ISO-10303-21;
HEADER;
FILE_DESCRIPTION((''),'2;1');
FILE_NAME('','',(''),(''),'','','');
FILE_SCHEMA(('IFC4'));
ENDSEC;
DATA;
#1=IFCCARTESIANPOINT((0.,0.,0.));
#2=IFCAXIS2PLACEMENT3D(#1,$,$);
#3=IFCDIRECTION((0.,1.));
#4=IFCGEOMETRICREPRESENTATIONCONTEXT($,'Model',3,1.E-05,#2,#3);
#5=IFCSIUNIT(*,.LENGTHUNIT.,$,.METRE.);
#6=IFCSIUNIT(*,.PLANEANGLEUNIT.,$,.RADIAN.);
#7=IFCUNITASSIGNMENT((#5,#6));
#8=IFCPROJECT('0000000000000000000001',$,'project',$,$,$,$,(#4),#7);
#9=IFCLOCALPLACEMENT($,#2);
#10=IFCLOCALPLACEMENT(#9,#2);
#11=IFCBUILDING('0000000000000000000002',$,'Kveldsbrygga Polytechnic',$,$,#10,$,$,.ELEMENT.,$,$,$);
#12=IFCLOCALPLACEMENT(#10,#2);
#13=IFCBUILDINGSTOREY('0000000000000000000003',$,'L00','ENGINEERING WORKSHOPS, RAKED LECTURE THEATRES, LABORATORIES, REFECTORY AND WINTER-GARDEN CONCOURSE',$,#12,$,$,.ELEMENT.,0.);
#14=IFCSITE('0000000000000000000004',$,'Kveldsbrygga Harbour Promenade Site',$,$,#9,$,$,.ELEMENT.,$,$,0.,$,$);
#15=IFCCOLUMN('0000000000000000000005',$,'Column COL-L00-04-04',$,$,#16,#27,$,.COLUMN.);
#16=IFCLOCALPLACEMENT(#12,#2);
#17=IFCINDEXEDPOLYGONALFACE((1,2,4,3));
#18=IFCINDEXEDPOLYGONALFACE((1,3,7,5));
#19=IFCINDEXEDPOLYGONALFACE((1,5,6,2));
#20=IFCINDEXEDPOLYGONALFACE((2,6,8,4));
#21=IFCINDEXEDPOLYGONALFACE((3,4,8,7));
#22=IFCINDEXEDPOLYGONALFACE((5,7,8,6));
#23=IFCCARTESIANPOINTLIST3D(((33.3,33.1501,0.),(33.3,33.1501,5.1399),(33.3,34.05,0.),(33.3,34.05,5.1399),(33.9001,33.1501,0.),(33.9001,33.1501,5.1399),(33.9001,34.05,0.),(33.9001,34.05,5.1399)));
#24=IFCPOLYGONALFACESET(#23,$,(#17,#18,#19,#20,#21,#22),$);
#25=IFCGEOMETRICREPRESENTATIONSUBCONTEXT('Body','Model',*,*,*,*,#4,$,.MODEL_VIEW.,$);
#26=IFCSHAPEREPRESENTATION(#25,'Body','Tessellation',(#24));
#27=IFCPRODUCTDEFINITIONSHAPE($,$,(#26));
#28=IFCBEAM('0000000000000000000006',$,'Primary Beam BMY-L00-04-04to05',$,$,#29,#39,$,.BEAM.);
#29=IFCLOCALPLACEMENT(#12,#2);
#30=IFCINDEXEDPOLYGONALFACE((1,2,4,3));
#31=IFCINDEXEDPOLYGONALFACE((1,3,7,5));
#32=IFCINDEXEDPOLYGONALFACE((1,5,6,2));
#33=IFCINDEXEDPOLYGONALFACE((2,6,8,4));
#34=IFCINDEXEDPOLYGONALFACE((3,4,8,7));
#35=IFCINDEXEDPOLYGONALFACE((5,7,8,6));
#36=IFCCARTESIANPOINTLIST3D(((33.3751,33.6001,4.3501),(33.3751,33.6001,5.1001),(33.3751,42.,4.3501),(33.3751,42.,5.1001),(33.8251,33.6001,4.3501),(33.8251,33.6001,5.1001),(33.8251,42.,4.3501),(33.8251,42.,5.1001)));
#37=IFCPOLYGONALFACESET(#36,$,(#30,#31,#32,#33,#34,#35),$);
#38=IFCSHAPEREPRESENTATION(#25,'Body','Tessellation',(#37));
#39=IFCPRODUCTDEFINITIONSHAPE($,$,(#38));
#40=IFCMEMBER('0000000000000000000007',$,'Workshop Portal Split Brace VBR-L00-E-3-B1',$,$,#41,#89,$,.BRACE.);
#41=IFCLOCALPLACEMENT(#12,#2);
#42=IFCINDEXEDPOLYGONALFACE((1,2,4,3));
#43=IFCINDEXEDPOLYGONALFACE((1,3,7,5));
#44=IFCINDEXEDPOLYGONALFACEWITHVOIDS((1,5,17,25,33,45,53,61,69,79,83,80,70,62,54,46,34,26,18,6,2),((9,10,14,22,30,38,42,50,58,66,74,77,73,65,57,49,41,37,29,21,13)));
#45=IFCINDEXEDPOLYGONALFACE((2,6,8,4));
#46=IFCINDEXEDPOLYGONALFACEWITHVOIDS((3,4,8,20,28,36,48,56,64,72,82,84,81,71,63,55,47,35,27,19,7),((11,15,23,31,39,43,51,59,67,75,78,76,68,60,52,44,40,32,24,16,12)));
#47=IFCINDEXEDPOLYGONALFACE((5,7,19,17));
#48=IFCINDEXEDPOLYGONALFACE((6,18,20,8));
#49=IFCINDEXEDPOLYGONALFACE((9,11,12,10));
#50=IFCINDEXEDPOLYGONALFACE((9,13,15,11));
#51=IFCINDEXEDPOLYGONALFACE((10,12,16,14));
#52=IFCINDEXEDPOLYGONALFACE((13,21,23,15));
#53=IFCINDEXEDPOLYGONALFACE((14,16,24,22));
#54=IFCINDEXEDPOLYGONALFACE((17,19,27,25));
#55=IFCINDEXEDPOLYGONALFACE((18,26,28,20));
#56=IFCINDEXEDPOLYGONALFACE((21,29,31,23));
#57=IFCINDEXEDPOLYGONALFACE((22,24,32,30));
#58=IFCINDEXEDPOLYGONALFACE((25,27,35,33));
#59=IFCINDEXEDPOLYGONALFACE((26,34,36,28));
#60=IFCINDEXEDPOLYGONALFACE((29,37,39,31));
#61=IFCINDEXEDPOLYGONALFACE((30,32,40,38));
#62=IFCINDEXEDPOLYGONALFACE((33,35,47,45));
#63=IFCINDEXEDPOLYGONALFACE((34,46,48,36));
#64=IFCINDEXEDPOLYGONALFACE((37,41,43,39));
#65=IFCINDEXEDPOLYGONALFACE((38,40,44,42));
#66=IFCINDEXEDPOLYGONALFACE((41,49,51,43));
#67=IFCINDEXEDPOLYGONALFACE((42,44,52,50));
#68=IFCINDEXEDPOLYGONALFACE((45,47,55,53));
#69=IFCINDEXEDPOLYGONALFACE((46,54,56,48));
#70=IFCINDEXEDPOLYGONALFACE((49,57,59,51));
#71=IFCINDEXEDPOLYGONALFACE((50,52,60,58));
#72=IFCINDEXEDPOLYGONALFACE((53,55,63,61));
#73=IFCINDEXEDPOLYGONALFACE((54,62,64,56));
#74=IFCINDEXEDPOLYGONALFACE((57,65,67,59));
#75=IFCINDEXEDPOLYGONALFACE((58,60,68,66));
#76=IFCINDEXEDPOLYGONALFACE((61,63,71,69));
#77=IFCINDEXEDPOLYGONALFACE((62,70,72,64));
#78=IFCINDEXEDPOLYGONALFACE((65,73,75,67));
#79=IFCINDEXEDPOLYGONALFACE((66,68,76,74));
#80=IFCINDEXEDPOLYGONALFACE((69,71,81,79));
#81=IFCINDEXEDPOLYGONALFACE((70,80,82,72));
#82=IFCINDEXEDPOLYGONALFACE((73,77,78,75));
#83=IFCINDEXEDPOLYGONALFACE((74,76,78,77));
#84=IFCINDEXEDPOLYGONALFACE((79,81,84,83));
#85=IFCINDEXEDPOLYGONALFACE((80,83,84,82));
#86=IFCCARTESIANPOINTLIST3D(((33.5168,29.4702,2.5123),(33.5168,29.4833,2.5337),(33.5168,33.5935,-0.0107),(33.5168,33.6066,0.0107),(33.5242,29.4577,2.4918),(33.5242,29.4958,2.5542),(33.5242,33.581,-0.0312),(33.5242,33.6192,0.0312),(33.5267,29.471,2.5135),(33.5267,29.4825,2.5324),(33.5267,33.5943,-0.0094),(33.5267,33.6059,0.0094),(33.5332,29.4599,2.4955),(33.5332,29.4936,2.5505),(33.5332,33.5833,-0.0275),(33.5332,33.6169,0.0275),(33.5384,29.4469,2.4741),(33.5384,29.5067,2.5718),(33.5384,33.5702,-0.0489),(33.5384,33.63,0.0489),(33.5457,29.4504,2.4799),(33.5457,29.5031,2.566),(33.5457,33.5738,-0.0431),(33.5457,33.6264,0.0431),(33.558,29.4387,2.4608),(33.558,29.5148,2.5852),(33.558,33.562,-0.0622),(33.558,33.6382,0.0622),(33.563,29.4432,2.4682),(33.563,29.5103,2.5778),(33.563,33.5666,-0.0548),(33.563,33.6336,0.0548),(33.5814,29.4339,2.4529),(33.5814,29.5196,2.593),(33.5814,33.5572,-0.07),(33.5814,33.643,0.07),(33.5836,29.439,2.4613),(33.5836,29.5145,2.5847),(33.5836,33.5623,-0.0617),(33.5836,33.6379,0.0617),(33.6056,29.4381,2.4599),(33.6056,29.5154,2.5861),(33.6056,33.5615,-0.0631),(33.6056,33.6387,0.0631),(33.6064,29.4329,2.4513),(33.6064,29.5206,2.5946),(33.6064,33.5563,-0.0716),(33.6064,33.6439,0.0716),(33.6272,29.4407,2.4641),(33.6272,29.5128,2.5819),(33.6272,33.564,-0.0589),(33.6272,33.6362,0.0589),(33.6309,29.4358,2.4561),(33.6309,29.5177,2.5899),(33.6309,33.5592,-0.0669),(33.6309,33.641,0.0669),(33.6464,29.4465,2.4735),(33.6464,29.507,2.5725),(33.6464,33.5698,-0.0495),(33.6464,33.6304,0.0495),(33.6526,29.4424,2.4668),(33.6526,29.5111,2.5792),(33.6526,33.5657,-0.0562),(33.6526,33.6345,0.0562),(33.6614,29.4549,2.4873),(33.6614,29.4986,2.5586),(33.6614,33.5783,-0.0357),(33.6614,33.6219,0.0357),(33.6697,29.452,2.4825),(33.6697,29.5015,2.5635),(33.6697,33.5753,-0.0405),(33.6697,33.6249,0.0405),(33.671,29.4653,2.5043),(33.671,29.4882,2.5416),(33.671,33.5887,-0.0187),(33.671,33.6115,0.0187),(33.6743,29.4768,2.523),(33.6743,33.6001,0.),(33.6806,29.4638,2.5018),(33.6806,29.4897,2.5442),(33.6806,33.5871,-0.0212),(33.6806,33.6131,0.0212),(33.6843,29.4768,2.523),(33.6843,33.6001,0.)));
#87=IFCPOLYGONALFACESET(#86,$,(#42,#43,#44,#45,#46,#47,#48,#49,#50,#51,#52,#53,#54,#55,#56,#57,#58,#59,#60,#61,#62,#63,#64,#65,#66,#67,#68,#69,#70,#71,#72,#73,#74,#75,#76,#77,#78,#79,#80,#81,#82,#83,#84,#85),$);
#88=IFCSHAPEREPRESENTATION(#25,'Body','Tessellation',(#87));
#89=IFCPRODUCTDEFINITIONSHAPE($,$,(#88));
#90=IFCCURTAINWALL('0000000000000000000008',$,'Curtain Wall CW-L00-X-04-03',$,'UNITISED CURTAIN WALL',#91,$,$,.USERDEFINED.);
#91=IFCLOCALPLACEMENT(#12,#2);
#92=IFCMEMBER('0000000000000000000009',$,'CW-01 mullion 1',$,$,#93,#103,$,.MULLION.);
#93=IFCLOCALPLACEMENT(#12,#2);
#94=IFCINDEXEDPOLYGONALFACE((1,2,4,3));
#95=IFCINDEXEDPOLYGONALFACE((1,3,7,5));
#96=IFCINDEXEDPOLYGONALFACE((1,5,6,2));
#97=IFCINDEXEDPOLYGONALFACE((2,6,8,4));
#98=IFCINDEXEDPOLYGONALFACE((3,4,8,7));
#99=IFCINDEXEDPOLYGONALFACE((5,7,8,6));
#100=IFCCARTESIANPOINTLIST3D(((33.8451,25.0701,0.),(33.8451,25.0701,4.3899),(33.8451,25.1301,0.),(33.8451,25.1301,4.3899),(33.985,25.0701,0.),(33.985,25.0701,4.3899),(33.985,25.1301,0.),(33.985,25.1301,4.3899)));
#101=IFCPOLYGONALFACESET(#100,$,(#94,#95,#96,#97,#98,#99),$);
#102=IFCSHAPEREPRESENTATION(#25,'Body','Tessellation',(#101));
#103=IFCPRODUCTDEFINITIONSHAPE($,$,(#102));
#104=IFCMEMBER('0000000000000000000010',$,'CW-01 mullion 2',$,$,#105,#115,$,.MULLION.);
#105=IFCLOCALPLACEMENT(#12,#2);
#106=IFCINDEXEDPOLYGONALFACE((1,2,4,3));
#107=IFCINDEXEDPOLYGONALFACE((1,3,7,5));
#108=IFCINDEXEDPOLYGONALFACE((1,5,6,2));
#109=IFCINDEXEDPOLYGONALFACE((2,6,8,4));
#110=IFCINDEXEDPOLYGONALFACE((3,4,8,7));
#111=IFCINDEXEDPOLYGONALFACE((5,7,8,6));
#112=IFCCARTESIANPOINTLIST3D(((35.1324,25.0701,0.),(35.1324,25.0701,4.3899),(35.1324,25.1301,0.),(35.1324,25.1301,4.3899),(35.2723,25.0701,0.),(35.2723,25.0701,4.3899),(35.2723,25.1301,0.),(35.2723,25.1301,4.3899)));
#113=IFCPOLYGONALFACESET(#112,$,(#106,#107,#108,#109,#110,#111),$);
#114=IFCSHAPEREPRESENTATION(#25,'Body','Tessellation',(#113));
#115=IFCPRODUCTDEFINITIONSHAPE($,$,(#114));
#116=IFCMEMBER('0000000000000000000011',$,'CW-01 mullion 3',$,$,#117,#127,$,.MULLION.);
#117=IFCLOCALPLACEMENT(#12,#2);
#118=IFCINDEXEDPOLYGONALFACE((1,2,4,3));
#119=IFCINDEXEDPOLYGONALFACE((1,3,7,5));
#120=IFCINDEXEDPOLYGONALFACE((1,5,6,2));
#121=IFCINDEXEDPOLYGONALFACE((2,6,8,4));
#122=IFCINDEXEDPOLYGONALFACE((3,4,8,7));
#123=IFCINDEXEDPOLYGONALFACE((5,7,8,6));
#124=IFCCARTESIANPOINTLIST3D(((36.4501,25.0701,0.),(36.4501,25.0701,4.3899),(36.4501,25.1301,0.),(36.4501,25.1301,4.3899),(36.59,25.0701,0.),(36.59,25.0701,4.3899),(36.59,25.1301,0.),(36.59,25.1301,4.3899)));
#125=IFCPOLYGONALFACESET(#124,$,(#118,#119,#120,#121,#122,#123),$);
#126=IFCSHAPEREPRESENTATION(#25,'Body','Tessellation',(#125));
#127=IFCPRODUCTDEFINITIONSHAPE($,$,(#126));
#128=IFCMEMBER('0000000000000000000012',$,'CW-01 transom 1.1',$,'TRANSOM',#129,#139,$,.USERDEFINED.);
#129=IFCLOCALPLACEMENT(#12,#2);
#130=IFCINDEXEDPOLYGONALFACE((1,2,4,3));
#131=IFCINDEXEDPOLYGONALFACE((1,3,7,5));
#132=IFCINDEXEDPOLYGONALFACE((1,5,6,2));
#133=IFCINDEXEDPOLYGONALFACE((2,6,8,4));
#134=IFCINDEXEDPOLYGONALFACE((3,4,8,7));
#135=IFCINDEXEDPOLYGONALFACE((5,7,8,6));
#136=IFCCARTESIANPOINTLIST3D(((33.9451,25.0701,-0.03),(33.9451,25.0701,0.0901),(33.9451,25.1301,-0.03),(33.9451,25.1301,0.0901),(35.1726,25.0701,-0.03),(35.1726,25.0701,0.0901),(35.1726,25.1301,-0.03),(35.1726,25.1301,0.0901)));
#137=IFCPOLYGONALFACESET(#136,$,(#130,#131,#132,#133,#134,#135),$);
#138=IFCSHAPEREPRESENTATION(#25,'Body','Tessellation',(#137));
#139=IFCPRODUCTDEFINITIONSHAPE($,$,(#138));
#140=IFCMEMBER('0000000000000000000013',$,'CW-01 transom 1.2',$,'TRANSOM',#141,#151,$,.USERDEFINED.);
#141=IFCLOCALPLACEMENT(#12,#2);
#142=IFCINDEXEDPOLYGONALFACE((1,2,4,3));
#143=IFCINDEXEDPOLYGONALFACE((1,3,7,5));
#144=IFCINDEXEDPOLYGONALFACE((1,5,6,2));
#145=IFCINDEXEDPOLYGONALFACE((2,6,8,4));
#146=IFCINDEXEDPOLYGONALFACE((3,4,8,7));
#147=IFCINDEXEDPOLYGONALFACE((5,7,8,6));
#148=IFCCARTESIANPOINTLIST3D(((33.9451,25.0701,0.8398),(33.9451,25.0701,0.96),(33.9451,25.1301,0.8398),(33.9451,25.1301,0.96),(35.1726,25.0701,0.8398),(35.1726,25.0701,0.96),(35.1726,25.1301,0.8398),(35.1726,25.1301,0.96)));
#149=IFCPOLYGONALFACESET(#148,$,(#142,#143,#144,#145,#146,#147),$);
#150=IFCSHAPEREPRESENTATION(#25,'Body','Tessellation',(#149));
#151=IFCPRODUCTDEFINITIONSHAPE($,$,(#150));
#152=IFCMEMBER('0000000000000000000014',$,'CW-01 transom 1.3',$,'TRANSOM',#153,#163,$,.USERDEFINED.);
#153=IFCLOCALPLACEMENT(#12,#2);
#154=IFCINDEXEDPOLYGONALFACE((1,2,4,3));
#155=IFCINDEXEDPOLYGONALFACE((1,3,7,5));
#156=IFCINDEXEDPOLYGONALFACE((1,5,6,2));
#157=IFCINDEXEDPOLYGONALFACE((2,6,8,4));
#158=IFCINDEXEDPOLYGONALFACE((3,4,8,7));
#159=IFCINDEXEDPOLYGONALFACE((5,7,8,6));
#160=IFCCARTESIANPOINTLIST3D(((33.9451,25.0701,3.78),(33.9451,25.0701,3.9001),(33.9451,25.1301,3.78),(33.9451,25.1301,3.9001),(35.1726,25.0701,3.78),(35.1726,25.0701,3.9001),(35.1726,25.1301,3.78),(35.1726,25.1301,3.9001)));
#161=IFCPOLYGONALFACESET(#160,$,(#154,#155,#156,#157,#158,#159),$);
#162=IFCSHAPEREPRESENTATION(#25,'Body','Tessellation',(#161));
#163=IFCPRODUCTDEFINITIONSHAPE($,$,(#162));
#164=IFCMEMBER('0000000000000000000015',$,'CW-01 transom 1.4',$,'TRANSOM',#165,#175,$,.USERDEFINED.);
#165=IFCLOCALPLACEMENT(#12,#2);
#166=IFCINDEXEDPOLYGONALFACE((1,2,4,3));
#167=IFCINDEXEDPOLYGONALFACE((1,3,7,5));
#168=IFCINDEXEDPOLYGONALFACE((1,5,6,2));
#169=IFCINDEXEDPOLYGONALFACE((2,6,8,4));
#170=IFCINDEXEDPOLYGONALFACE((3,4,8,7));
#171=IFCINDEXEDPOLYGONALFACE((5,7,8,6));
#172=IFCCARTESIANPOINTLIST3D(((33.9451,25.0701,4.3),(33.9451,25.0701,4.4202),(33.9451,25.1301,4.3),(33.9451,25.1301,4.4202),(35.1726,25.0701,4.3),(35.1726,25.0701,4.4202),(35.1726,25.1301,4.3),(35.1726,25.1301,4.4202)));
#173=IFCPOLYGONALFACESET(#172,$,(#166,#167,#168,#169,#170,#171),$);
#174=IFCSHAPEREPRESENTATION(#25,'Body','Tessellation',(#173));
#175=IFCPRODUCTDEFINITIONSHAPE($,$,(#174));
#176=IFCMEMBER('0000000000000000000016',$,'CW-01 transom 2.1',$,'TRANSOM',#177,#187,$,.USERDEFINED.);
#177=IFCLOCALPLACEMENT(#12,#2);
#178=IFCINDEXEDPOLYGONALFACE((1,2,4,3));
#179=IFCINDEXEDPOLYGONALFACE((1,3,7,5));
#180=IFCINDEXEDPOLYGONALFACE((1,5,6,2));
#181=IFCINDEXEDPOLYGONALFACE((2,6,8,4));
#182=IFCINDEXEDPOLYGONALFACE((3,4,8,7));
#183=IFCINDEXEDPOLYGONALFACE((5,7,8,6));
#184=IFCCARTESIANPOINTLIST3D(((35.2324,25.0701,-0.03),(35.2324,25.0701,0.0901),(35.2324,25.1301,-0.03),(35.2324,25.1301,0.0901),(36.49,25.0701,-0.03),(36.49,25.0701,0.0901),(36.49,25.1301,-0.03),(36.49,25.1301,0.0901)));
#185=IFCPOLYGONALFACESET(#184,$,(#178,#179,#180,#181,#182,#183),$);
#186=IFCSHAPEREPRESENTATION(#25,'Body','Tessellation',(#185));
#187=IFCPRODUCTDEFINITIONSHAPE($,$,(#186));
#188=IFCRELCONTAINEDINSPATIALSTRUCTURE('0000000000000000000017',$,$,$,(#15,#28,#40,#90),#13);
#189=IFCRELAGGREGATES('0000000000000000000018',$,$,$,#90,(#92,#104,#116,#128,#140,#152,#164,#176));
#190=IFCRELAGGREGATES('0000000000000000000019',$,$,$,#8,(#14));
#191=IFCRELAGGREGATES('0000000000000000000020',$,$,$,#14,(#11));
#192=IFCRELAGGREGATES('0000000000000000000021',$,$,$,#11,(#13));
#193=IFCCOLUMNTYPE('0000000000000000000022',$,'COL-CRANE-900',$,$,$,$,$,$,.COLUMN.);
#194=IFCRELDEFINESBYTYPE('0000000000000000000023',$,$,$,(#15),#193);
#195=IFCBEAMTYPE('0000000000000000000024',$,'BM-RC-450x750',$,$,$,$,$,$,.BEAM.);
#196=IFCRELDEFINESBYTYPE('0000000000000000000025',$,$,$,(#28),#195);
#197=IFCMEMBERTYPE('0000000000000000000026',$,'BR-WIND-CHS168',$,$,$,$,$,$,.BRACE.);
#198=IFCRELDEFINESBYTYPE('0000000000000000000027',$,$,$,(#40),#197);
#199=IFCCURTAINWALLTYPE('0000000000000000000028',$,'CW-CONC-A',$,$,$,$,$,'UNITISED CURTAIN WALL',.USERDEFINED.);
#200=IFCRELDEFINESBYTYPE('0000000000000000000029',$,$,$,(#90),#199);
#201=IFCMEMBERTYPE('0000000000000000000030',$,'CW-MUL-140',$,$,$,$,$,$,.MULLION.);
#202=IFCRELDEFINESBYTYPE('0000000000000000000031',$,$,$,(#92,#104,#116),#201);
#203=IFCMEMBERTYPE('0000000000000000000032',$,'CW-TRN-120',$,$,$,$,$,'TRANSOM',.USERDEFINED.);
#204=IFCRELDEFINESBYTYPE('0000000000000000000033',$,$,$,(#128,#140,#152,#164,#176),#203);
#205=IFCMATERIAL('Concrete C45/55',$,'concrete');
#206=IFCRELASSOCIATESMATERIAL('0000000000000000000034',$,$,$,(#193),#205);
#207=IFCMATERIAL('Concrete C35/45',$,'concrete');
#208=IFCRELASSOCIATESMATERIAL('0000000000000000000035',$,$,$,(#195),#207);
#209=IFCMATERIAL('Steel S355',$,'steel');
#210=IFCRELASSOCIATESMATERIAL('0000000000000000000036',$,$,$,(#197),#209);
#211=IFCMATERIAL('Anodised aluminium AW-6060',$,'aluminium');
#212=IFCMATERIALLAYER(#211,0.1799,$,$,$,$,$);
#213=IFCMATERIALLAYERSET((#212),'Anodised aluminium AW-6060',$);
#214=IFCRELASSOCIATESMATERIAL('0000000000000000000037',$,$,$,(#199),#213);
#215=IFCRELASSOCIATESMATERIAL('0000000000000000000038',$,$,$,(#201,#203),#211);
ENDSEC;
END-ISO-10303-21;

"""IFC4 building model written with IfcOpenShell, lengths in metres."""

from ifc_helpers import new_model, si_unit, direction, frame, origin, origin_2d, place, context, subcontext, project, spatial, rectangle, hollow_circle, extrude, material, layer, layer_set, material_profile, profile_set, type_object, element, aggregate, save


model = new_model("IFC4")

# Units and contexts
model_context = context("Model", 3, precision=1e-05, world=origin(), true_north=direction((0.0, 1.0)))
body_context = subcontext(model_context, "Body", "Model", "MODEL_VIEW")
ifc_project = project(units=[si_unit("LENGTHUNIT", "METRE"), si_unit("PLANEANGLEUNIT", "RADIAN")], contexts=[model_context])

# Site, building, storey
site_placement = place(None, origin())
site = spatial("IfcSite", under=ifc_project, at=site_placement, Name="Kveldsbrygga Harbour Promenade Site", CompositionType="ELEMENT", RefElevation=0.0)
building_placement = place(site_placement, origin())
building = spatial("IfcBuilding", under=site, at=building_placement, Name="Kveldsbrygga Polytechnic", CompositionType="ELEMENT")
storey_placement = place(building_placement, origin())
storey = spatial("IfcBuildingStorey", under=building, at=storey_placement, Name="L00", Description="ENGINEERING WORKSHOPS, RAKED LECTURE THEATRES, LABORATORIES, REFECTORY AND WINTER-GARDEN CONCOURSE", CompositionType="ELEMENT", Elevation=0.0)

# Column
ifc_material_1 = material(Name="Concrete C45/55", Category="concrete")
ifc_material_profile_1 = material_profile(ifc_material_1, rectangle(XDim=0.6001, YDim=0.8999, at=origin_2d()), Name="RC 600x900")
ifc_profile_set_1 = profile_set([ifc_material_profile_1], Name="Concrete C45/55")
column_type = type_object("IfcColumnType", Name="COL-CRANE-900", PredefinedType="COLUMN", material=ifc_profile_set_1)
column_placement = place(storey_placement, frame((33.6001, 33.6001, 0.0), z_axis=(0.0, 0.0, 1.0), x_axis=(1.0, 0.0, 0.0)))
element("IfcColumn", 1, at=column_placement, inside=storey, type_object=column_type, Name="Column COL-L00-04-04", PredefinedType="COLUMN", context=body_context, shape_type="SweptSolid", body=[
    extrude(rectangle(XDim=0.6001, YDim=0.8999, at=origin_2d()), origin(), (0.0, 0.0, 1.0), 5.1399),
])

# Beam
ifc_material_2 = material(Name="Concrete C35/45", Category="concrete")
ifc_material_profile_2 = material_profile(ifc_material_2, rectangle(XDim=0.45, YDim=0.75, at=origin_2d()), Name="RC 450x750")
ifc_profile_set_2 = profile_set([ifc_material_profile_2], Name="Concrete C35/45")
beam_type = type_object("IfcBeamType", Name="BM-RC-450x750", PredefinedType="BEAM", material=ifc_profile_set_2)
beam_placement = place(storey_placement, frame((33.6001, 33.6001, 4.7251), z_axis=(0.0, 1.0, 0.0), x_axis=(-1.0, 0.0, 0.0)))
element("IfcBeam", 2, at=beam_placement, inside=storey, type_object=beam_type, Name="Primary Beam BMY-L00-04-04to05", PredefinedType="BEAM", context=body_context, shape_type="SweptSolid", body=[
    extrude(rectangle(XDim=0.45, YDim=0.75, at=origin_2d()), origin(), (0.0, 0.0, 1.0), 8.3999),
])

# Member
ifc_material_3 = material(Name="Steel S355", Category="steel")
ifc_material_profile_3 = material_profile(ifc_material_3, hollow_circle(Radius=0.0842, WallThickness=0.01, at=origin_2d()), Name="CHS 168.3x10.0")
ifc_profile_set_3 = profile_set([ifc_material_profile_3], Name="Steel S355")
member_type_1 = type_object("IfcMemberType", Name="BR-WIND-CHS168", PredefinedType="BRACE", material=ifc_profile_set_3)
member_1_placement = place(storey_placement, frame((33.6001, 33.6001, 0.0), z_axis=(0.0, -0.852991, 0.521926), x_axis=(1.0, 0.0, 0.0)))
element("IfcMember", 3, at=member_1_placement, inside=storey, type_object=member_type_1, Name="Workshop Portal Split Brace VBR-L00-E-3-B1", PredefinedType="BRACE", context=body_context, shape_type="SweptSolid", body=[
    extrude(hollow_circle(Radius=0.0842, WallThickness=0.01, at=origin_2d()), origin(), (0.0, 0.0, 1.0), 4.834),
])

# Curtain wall, members
ifc_material_4 = material(Name="Anodised aluminium AW-6060", Category="aluminium")
ifc_layer_1 = layer(ifc_material_4, 0.1799)
ifc_layer_set_1 = layer_set([ifc_layer_1], Name="Anodised aluminium AW-6060")
curtain_wall_type = type_object("IfcCurtainWallType", Name="CW-CONC-A", ElementType="UNITISED CURTAIN WALL", PredefinedType="USERDEFINED", material=ifc_layer_set_1)
curtain_wall_placement = place(storey_placement, origin())
curtain_wall = element("IfcCurtainWall", 4, at=curtain_wall_placement, inside=storey, type_object=curtain_wall_type, Name="Curtain Wall CW-L00-X-04-03", ObjectType="UNITISED CURTAIN WALL", PredefinedType="USERDEFINED")
ifc_material_profile_4 = material_profile(ifc_material_4, rectangle(XDim=0.0601, YDim=0.1399, at=origin_2d()), Name="ALU 60x140")
ifc_profile_set_4 = profile_set([ifc_material_profile_4], Name="Anodised aluminium AW-6060")
member_type_2 = type_object("IfcMemberType", Name="CW-MUL-140", PredefinedType="MULLION", material=ifc_profile_set_4)
member_2_placement = place(storey_placement, frame((33.915, 25.1001, 0.0), z_axis=(0.0, 0.0, 1.0), x_axis=(0.0, 1.0, 0.0)))
member_2 = element("IfcMember", 5, at=member_2_placement, type_object=member_type_2, Name="CW-01 mullion 1", PredefinedType="MULLION", context=body_context, shape_type="SweptSolid", body=[
    extrude(rectangle(XDim=0.0601, YDim=0.1399, at=origin_2d()), origin(), (0.0, 0.0, 1.0), 4.3899),
])
member_3_placement = place(storey_placement, frame((35.2024, 25.1001, 0.0), z_axis=(0.0, 0.0, 1.0), x_axis=(0.0, 1.0, 0.0)))
member_3 = element("IfcMember", 6, at=member_3_placement, type_object=member_type_2, Name="CW-01 mullion 2", PredefinedType="MULLION", context=body_context, shape_type="SweptSolid", body=[
    extrude(rectangle(XDim=0.0601, YDim=0.1399, at=origin_2d()), origin(), (0.0, 0.0, 1.0), 4.3899),
])
member_4_placement = place(storey_placement, frame((36.52, 25.1001, 0.0), z_axis=(0.0, 0.0, 1.0), x_axis=(0.0, 1.0, 0.0)))
member_4 = element("IfcMember", 7, at=member_4_placement, type_object=member_type_2, Name="CW-01 mullion 3", PredefinedType="MULLION", context=body_context, shape_type="SweptSolid", body=[
    extrude(rectangle(XDim=0.0601, YDim=0.1399, at=origin_2d()), origin(), (0.0, 0.0, 1.0), 4.3899),
])
ifc_material_profile_5 = material_profile(ifc_material_4, rectangle(XDim=0.0601, YDim=0.1201, at=origin_2d()), Name="ALU 60x120")
ifc_profile_set_5 = profile_set([ifc_material_profile_5], Name="Anodised aluminium AW-6060")
member_type_3 = type_object("IfcMemberType", Name="CW-TRN-120", ElementType="TRANSOM", PredefinedType="USERDEFINED", material=ifc_profile_set_5)
member_5_placement = place(storey_placement, frame((33.9451, 25.1001, 0.03), z_axis=(1.0, 0.0, 0.0), x_axis=(0.0, 1.0, 0.0)))
member_5 = element("IfcMember", 8, at=member_5_placement, type_object=member_type_3, Name="CW-01 transom 1.1", ObjectType="TRANSOM", PredefinedType="USERDEFINED", context=body_context, shape_type="SweptSolid", body=[
    extrude(rectangle(XDim=0.0601, YDim=0.1201, at=origin_2d()), origin(), (0.0, 0.0, 1.0), 1.2275),
])
member_6_placement = place(storey_placement, frame((33.9451, 25.1001, 0.8999), z_axis=(1.0, 0.0, 0.0), x_axis=(0.0, 1.0, 0.0)))
member_6 = element("IfcMember", 9, at=member_6_placement, type_object=member_type_3, Name="CW-01 transom 1.2", ObjectType="TRANSOM", PredefinedType="USERDEFINED", context=body_context, shape_type="SweptSolid", body=[
    extrude(rectangle(XDim=0.0601, YDim=0.1201, at=origin_2d()), origin(), (0.0, 0.0, 1.0), 1.2275),
])
member_7_placement = place(storey_placement, frame((33.9451, 25.1001, 3.8401), z_axis=(1.0, 0.0, 0.0), x_axis=(0.0, 1.0, 0.0)))
member_7 = element("IfcMember", 10, at=member_7_placement, type_object=member_type_3, Name="CW-01 transom 1.3", ObjectType="TRANSOM", PredefinedType="USERDEFINED", context=body_context, shape_type="SweptSolid", body=[
    extrude(rectangle(XDim=0.0601, YDim=0.1201, at=origin_2d()), origin(), (0.0, 0.0, 1.0), 1.2275),
])
member_8_placement = place(storey_placement, frame((33.9451, 25.1001, 4.3601), z_axis=(1.0, 0.0, 0.0), x_axis=(0.0, 1.0, 0.0)))
member_8 = element("IfcMember", 11, at=member_8_placement, type_object=member_type_3, Name="CW-01 transom 1.4", ObjectType="TRANSOM", PredefinedType="USERDEFINED", context=body_context, shape_type="SweptSolid", body=[
    extrude(rectangle(XDim=0.0601, YDim=0.1201, at=origin_2d()), origin(), (0.0, 0.0, 1.0), 1.2275),
])
member_9_placement = place(storey_placement, frame((35.2324, 25.1001, 0.03), z_axis=(1.0, 0.0, 0.0), x_axis=(0.0, 1.0, 0.0)))
member_9 = element("IfcMember", 12, at=member_9_placement, type_object=member_type_3, Name="CW-01 transom 2.1", ObjectType="TRANSOM", PredefinedType="USERDEFINED", context=body_context, shape_type="SweptSolid", body=[
    extrude(rectangle(XDim=0.0601, YDim=0.1201, at=origin_2d()), origin(), (0.0, 0.0, 1.0), 1.2576),
])

aggregate(curtain_wall, [member_2, member_3, member_4, member_5, member_6, member_7, member_8, member_9])

save(model, "model.ifc")
